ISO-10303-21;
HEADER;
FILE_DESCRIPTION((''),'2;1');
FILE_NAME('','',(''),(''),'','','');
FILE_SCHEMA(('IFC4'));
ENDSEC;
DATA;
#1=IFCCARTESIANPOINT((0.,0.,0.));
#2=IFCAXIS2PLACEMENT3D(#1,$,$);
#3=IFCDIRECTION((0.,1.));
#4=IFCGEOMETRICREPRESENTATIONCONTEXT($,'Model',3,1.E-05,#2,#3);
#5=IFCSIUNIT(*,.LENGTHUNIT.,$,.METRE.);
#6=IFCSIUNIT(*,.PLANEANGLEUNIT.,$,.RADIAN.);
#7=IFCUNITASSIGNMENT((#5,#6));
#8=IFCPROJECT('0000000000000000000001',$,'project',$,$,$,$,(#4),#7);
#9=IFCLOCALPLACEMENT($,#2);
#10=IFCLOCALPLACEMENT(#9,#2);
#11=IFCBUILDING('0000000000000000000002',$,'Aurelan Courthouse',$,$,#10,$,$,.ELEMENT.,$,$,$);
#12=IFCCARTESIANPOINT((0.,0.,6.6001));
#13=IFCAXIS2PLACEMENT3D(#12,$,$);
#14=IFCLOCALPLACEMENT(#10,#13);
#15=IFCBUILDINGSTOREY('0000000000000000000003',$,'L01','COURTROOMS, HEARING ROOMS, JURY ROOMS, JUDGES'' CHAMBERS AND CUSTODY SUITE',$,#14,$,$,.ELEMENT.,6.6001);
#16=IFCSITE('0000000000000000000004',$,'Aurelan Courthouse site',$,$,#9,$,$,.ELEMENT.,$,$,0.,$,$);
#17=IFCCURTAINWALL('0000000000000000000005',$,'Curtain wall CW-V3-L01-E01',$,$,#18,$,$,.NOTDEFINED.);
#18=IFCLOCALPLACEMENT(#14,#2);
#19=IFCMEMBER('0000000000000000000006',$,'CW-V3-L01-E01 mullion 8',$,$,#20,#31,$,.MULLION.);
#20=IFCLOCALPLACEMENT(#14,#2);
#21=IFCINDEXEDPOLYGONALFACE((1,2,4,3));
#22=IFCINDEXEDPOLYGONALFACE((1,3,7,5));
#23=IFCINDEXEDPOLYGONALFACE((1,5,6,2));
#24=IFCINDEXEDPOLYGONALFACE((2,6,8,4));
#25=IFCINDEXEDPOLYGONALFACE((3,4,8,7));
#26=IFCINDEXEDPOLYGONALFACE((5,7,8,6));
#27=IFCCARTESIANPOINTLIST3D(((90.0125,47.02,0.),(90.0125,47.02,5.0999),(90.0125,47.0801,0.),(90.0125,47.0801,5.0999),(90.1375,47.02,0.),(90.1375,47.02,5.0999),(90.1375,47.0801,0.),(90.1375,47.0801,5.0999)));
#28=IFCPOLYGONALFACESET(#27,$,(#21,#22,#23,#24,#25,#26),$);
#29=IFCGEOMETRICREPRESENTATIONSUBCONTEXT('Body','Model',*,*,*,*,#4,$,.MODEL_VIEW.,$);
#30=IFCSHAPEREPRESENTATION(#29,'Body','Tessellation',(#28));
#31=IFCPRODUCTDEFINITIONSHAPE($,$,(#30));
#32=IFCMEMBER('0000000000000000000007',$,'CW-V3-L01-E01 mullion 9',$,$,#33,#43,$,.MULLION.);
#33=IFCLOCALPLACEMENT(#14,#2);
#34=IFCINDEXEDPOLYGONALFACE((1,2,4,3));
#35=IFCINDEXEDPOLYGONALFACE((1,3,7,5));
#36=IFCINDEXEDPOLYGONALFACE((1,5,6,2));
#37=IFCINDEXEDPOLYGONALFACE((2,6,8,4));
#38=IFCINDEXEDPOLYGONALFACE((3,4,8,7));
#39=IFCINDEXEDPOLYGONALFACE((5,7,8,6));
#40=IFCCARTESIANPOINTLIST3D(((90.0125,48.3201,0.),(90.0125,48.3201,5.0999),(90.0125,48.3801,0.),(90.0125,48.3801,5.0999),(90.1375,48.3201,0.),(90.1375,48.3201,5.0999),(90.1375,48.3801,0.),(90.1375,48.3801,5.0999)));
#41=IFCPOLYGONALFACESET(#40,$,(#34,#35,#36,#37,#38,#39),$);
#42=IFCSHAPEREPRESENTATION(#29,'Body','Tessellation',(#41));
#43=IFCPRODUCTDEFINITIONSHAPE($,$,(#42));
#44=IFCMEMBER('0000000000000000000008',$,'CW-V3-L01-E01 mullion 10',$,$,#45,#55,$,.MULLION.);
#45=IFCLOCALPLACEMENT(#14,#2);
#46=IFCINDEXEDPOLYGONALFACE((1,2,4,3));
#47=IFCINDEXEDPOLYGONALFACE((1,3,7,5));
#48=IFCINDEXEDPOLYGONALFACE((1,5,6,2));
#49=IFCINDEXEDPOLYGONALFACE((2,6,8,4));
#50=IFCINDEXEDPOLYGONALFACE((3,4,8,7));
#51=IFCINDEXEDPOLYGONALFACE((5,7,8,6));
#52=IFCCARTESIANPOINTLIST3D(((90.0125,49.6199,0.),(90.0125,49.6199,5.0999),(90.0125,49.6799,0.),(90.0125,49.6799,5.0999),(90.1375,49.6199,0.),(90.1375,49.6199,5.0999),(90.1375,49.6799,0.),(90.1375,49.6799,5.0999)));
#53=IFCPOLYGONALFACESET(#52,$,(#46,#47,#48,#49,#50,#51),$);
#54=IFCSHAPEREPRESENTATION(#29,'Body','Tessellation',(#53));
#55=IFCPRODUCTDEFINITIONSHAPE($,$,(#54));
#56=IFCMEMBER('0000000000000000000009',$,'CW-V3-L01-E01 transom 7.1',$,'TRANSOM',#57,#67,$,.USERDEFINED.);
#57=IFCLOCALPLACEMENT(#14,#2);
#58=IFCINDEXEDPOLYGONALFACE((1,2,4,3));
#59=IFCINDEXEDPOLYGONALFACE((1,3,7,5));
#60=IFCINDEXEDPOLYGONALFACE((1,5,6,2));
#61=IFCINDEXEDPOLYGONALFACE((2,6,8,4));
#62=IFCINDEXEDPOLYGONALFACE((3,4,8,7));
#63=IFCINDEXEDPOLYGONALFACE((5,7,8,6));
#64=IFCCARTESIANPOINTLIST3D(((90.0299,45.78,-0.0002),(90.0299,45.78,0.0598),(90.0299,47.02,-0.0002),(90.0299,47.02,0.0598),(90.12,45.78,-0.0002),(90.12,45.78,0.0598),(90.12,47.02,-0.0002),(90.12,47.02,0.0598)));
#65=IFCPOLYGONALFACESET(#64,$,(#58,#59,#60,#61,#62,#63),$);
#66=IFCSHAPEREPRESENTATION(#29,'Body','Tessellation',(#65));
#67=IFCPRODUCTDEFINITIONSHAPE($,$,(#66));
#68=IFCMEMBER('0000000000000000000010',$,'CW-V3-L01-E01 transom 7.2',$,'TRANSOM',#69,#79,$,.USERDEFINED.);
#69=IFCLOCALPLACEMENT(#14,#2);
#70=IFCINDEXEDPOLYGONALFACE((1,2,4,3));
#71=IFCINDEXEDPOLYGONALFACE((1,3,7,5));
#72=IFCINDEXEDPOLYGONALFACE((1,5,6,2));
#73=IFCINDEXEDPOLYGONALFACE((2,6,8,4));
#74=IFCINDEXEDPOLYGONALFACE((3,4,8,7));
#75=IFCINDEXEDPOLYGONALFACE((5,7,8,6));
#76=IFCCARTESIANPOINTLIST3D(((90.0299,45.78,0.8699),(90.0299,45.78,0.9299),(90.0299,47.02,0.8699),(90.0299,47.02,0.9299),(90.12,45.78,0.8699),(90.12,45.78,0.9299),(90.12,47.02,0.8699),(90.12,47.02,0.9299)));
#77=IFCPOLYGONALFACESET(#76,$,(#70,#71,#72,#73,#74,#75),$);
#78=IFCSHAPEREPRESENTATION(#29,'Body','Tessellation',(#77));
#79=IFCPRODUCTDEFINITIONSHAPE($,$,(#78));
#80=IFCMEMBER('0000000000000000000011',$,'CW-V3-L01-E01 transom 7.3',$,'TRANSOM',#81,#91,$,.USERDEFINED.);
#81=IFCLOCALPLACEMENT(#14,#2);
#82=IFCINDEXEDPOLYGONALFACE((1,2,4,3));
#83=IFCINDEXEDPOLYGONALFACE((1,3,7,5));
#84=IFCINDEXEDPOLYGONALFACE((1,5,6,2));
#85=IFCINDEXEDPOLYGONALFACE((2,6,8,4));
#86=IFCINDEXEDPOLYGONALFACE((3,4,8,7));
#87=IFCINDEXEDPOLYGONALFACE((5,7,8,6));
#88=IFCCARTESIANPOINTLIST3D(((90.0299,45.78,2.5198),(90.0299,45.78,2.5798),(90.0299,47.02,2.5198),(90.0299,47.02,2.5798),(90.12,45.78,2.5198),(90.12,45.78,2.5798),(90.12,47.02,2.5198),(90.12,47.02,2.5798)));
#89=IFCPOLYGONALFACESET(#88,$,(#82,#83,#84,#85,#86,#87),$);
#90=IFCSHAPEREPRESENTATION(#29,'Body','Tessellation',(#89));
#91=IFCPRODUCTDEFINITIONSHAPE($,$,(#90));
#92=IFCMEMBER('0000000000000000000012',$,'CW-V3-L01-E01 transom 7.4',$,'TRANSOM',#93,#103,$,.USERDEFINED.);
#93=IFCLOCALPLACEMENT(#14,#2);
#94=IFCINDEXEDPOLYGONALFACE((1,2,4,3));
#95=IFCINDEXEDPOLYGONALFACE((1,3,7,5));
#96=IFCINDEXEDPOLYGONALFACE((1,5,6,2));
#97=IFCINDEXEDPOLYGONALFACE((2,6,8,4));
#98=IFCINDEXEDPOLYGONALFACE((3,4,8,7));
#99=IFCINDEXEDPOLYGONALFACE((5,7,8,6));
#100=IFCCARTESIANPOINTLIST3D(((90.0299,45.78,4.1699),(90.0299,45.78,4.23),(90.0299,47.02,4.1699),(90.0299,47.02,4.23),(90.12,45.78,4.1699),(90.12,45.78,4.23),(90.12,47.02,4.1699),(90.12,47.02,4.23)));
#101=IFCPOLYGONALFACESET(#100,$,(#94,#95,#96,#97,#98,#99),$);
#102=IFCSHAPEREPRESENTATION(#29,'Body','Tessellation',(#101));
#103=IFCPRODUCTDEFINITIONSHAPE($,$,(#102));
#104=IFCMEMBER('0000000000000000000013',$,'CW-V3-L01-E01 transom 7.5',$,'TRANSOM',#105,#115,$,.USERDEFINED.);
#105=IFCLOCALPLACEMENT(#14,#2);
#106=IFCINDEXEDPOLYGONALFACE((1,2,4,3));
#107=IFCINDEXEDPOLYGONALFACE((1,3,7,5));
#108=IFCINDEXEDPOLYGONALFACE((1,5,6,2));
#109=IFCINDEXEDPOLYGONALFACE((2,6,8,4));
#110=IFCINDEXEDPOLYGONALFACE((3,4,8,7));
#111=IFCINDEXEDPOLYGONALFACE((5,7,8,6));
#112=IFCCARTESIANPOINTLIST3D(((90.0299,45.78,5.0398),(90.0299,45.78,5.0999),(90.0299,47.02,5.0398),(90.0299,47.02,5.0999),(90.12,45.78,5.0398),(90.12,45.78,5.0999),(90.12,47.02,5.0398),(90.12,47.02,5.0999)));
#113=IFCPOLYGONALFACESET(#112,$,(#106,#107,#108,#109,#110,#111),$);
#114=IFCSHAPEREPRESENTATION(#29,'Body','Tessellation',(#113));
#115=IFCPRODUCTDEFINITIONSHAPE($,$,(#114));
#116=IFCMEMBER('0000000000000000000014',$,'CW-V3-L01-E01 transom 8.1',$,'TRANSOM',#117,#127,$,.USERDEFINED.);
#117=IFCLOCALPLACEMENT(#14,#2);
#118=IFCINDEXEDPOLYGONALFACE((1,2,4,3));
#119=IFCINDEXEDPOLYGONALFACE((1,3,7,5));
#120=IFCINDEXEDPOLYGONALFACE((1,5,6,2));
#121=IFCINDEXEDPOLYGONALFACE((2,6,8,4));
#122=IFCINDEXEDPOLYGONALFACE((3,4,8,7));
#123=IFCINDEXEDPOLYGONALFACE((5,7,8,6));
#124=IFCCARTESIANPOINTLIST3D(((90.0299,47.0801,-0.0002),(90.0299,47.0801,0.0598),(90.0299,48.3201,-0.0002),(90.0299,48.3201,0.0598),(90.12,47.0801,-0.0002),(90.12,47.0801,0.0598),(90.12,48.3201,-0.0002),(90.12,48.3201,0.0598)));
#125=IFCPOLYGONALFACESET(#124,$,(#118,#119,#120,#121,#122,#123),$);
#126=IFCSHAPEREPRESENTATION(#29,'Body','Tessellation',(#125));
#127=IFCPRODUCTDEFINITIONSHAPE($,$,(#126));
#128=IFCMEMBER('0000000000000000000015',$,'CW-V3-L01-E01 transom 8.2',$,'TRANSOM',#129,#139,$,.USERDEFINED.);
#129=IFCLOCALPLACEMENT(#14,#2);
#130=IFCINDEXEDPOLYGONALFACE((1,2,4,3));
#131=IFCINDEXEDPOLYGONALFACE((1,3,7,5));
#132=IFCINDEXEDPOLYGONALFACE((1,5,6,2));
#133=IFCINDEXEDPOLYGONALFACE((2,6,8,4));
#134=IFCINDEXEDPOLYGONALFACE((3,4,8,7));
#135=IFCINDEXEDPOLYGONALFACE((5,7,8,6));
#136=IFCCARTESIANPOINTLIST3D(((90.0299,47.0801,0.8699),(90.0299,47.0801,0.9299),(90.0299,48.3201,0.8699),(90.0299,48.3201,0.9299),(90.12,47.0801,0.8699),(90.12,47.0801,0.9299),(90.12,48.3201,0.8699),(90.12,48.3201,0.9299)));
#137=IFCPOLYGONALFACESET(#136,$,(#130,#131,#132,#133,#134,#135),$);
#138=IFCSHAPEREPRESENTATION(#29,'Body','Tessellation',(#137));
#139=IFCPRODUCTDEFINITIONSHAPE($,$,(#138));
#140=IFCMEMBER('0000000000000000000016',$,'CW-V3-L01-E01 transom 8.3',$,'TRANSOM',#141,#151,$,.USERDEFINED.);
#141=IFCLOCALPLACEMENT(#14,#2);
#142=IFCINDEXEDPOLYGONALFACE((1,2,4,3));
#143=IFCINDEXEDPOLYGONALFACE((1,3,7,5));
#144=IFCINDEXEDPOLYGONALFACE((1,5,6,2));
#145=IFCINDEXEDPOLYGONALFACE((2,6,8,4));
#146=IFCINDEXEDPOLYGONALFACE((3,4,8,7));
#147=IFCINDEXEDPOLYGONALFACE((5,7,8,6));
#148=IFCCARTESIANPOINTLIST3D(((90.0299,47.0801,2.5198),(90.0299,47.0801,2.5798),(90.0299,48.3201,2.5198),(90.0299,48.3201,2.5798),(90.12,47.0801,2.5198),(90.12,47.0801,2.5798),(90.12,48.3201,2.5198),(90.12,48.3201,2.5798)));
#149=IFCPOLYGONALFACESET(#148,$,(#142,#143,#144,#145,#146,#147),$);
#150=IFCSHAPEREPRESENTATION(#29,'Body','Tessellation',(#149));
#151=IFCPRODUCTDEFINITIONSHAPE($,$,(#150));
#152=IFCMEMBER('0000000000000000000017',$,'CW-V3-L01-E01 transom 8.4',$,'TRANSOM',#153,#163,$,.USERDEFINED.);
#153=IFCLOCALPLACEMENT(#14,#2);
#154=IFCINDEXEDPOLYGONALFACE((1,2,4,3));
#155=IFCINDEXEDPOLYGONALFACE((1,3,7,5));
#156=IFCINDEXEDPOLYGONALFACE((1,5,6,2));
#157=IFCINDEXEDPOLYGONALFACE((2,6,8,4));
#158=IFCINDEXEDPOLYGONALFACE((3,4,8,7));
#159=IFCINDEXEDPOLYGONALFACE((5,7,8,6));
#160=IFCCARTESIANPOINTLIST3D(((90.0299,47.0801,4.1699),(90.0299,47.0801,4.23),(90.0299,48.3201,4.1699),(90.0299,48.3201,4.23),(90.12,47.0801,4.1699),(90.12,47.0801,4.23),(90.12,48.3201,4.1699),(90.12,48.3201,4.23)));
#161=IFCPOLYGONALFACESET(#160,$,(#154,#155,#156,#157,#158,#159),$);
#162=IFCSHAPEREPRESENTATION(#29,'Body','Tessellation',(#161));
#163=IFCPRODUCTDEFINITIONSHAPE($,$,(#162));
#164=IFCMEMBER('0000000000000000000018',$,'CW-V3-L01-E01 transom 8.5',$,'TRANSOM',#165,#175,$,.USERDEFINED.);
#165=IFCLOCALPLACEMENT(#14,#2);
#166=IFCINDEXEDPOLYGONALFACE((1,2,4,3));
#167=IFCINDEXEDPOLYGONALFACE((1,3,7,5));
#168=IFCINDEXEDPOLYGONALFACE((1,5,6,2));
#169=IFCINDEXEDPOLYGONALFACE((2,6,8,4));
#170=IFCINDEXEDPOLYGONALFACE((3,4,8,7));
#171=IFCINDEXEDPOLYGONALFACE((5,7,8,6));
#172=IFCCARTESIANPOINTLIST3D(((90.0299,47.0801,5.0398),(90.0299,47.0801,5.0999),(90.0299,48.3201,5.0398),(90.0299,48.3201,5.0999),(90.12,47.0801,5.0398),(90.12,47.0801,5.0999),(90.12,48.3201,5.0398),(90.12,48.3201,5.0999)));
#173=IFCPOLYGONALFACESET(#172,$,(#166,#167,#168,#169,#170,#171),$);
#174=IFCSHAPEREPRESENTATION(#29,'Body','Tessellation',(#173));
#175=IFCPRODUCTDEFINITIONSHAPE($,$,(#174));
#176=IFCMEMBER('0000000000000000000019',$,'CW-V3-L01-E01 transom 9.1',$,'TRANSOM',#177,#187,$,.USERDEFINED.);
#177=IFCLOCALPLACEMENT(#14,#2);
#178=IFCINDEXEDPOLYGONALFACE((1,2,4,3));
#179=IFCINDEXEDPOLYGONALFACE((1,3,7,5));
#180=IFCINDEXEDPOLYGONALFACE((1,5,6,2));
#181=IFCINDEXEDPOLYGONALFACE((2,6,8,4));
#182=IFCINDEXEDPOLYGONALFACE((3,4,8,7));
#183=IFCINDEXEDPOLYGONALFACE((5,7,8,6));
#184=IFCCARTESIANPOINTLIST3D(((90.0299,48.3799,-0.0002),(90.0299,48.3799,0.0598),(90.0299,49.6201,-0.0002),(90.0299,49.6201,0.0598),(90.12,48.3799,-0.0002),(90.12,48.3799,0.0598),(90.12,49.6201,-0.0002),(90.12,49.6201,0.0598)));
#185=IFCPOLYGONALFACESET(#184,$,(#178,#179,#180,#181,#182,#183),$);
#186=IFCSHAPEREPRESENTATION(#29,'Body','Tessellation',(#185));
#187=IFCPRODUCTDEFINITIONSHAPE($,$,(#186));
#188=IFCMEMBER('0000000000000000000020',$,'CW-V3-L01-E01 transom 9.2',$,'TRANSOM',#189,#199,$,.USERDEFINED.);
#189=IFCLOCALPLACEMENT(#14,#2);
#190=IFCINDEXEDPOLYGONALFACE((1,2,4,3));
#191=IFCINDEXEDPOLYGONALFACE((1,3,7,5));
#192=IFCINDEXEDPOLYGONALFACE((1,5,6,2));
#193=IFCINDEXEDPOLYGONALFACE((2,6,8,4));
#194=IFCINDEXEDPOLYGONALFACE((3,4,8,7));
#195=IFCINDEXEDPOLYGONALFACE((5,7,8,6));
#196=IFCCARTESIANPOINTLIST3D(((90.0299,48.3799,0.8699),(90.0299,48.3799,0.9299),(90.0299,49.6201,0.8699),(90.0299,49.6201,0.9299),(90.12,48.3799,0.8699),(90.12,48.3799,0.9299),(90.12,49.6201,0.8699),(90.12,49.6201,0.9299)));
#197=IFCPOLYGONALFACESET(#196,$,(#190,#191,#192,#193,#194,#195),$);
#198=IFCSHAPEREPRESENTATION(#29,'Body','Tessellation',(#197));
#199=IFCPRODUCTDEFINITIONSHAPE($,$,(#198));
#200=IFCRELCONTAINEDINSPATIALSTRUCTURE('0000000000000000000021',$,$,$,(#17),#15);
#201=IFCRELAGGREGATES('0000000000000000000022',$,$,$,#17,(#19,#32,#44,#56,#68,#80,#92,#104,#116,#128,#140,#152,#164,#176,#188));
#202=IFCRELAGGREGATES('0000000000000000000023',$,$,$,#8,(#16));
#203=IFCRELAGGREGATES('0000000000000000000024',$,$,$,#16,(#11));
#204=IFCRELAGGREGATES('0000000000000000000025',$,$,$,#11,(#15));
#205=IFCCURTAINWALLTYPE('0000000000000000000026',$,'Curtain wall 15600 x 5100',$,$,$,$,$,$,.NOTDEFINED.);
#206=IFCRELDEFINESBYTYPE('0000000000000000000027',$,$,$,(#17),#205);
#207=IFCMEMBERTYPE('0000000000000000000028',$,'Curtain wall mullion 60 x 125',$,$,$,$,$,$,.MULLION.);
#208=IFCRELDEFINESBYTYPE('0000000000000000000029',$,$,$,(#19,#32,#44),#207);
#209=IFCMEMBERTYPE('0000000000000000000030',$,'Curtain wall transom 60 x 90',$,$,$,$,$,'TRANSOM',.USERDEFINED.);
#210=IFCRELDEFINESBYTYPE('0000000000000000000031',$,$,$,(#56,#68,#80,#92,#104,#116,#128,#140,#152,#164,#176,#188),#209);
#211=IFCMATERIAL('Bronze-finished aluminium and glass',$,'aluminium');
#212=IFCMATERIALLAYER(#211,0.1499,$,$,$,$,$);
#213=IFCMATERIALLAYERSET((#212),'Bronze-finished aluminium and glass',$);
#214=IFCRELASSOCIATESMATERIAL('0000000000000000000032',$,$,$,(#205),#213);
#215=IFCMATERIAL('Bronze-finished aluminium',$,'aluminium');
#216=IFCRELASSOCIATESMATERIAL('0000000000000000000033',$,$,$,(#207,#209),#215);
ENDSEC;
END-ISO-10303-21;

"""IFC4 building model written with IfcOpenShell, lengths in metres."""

from ifc_helpers import new_model, si_unit, direction, frame, origin, origin_2d, place, context, subcontext, project, spatial, rectangle, extrude, material, layer, layer_set, material_profile, profile_set, type_object, element, aggregate, save


model = new_model("IFC4")

# Units and contexts
model_context = context("Model", 3, precision=1e-05, world=origin(), true_north=direction((0.0, 1.0)))
body_context = subcontext(model_context, "Body", "Model", "MODEL_VIEW")
ifc_project = project(units=[si_unit("LENGTHUNIT", "METRE"), si_unit("PLANEANGLEUNIT", "RADIAN")], contexts=[model_context])

# Site, building, storey
site_placement = place(None, origin())
site = spatial("IfcSite", under=ifc_project, at=site_placement, Name="Aurelan Courthouse site", CompositionType="ELEMENT", RefElevation=0.0)
building_placement = place(site_placement, origin())
building = spatial("IfcBuilding", under=site, at=building_placement, Name="Aurelan Courthouse", CompositionType="ELEMENT")
storey_placement = place(building_placement, frame((0.0, 0.0, 6.6001)))
storey = spatial("IfcBuildingStorey", under=building, at=storey_placement, Name="L01", Description="COURTROOMS, HEARING ROOMS, JURY ROOMS, JUDGES' CHAMBERS AND CUSTODY SUITE", CompositionType="ELEMENT", Elevation=6.6001)

# Curtain wall, members
ifc_material_1 = material(Name="Bronze-finished aluminium and glass", Category="aluminium")
ifc_layer_1 = layer(ifc_material_1, 0.1499)
ifc_layer_set_1 = layer_set([ifc_layer_1], Name="Bronze-finished aluminium and glass")
curtain_wall_type = type_object("IfcCurtainWallType", Name="Curtain wall 15600 x 5100", PredefinedType="NOTDEFINED", material=ifc_layer_set_1)
curtain_wall_placement = place(storey_placement, origin())
curtain_wall = element("IfcCurtainWall", 1, at=curtain_wall_placement, inside=storey, type_object=curtain_wall_type, Name="Curtain wall CW-V3-L01-E01", PredefinedType="NOTDEFINED")
ifc_material_2 = material(Name="Bronze-finished aluminium", Category="aluminium")
ifc_material_profile_1 = material_profile(ifc_material_2, rectangle(XDim=0.125, YDim=0.0601, at=origin_2d()), Name="Bronze mullion 60 x 125")
ifc_profile_set_1 = profile_set([ifc_material_profile_1], Name="Bronze-finished aluminium")
member_type_1 = type_object("IfcMemberType", Name="Curtain wall mullion 60 x 125", PredefinedType="MULLION", material=ifc_profile_set_1)
member_1_placement = place(storey_placement, frame((90.075, 47.05, 0.0), z_axis=(0.0, 0.0, 1.0), x_axis=(-1.0, 0.0, 0.0)))
member_1 = element("IfcMember", 2, at=member_1_placement, type_object=member_type_1, Name="CW-V3-L01-E01 mullion 8", PredefinedType="MULLION", context=body_context, shape_type="SweptSolid", body=[
    extrude(rectangle(XDim=0.125, YDim=0.0601, at=origin_2d()), origin(), (0.0, 0.0, 1.0), 5.0999),
])
member_2_placement = place(storey_placement, frame((90.075, 48.3501, 0.0), z_axis=(0.0, 0.0, 1.0), x_axis=(-1.0, 0.0, 0.0)))
member_2 = element("IfcMember", 3, at=member_2_placement, type_object=member_type_1, Name="CW-V3-L01-E01 mullion 9", PredefinedType="MULLION", context=body_context, shape_type="SweptSolid", body=[
    extrude(rectangle(XDim=0.125, YDim=0.0601, at=origin_2d()), origin(), (0.0, 0.0, 1.0), 5.0999),
])
member_3_placement = place(storey_placement, frame((90.075, 49.6499, 0.0), z_axis=(0.0, 0.0, 1.0), x_axis=(-1.0, 0.0, 0.0)))
member_3 = element("IfcMember", 4, at=member_3_placement, type_object=member_type_1, Name="CW-V3-L01-E01 mullion 10", PredefinedType="MULLION", context=body_context, shape_type="SweptSolid", body=[
    extrude(rectangle(XDim=0.125, YDim=0.0601, at=origin_2d()), origin(), (0.0, 0.0, 1.0), 5.0999),
])
ifc_material_profile_2 = material_profile(ifc_material_2, rectangle(XDim=0.0901, YDim=0.0601, at=origin_2d()), Name="Bronze transom 60 x 90")
ifc_profile_set_2 = profile_set([ifc_material_profile_2], Name="Bronze-finished aluminium")
member_type_2 = type_object("IfcMemberType", Name="Curtain wall transom 60 x 90", ElementType="TRANSOM", PredefinedType="USERDEFINED", material=ifc_profile_set_2)
member_4_placement = place(storey_placement, frame((90.075, 45.78, 0.0298), z_axis=(0.0, 1.0, 0.0), x_axis=(-1.0, 0.0, 0.0)))
member_4 = element("IfcMember", 5, at=member_4_placement, type_object=member_type_2, Name="CW-V3-L01-E01 transom 7.1", ObjectType="TRANSOM", PredefinedType="USERDEFINED", context=body_context, shape_type="SweptSolid", body=[
    extrude(rectangle(XDim=0.0901, YDim=0.0601, at=origin_2d()), origin(), (0.0, 0.0, 1.0), 1.24),
])
member_5_placement = place(storey_placement, frame((90.075, 45.78, 0.8999), z_axis=(0.0, 1.0, 0.0), x_axis=(-1.0, 0.0, 0.0)))
member_5 = element("IfcMember", 6, at=member_5_placement, type_object=member_type_2, Name="CW-V3-L01-E01 transom 7.2", ObjectType="TRANSOM", PredefinedType="USERDEFINED", context=body_context, shape_type="SweptSolid", body=[
    extrude(rectangle(XDim=0.0901, YDim=0.0601, at=origin_2d()), origin(), (0.0, 0.0, 1.0), 1.24),
])
member_6_placement = place(storey_placement, frame((90.075, 45.78, 2.5498), z_axis=(0.0, 1.0, 0.0), x_axis=(-1.0, 0.0, 0.0)))
member_6 = element("IfcMember", 7, at=member_6_placement, type_object=member_type_2, Name="CW-V3-L01-E01 transom 7.3", ObjectType="TRANSOM", PredefinedType="USERDEFINED", context=body_context, shape_type="SweptSolid", body=[
    extrude(rectangle(XDim=0.0901, YDim=0.0601, at=origin_2d()), origin(), (0.0, 0.0, 1.0), 1.24),
])
member_7_placement = place(storey_placement, frame((90.075, 45.78, 4.2), z_axis=(0.0, 1.0, 0.0), x_axis=(-1.0, 0.0, 0.0)))
member_7 = element("IfcMember", 8, at=member_7_placement, type_object=member_type_2, Name="CW-V3-L01-E01 transom 7.4", ObjectType="TRANSOM", PredefinedType="USERDEFINED", context=body_context, shape_type="SweptSolid", body=[
    extrude(rectangle(XDim=0.0901, YDim=0.0601, at=origin_2d()), origin(), (0.0, 0.0, 1.0), 1.24),
])
member_8_placement = place(storey_placement, frame((90.075, 45.78, 5.0698), z_axis=(0.0, 1.0, 0.0), x_axis=(-1.0, 0.0, 0.0)))
member_8 = element("IfcMember", 9, at=member_8_placement, type_object=member_type_2, Name="CW-V3-L01-E01 transom 7.5", ObjectType="TRANSOM", PredefinedType="USERDEFINED", context=body_context, shape_type="SweptSolid", body=[
    extrude(rectangle(XDim=0.0901, YDim=0.0601, at=origin_2d()), origin(), (0.0, 0.0, 1.0), 1.24),
])
member_9_placement = place(storey_placement, frame((90.075, 47.0801, 0.0298), z_axis=(0.0, 1.0, 0.0), x_axis=(-1.0, 0.0, 0.0)))
member_9 = element("IfcMember", 10, at=member_9_placement, type_object=member_type_2, Name="CW-V3-L01-E01 transom 8.1", ObjectType="TRANSOM", PredefinedType="USERDEFINED", context=body_context, shape_type="SweptSolid", body=[
    extrude(rectangle(XDim=0.0901, YDim=0.0601, at=origin_2d()), origin(), (0.0, 0.0, 1.0), 1.24),
])
member_10_placement = place(storey_placement, frame((90.075, 47.0801, 0.8999), z_axis=(0.0, 1.0, 0.0), x_axis=(-1.0, 0.0, 0.0)))
member_10 = element("IfcMember", 11, at=member_10_placement, type_object=member_type_2, Name="CW-V3-L01-E01 transom 8.2", ObjectType="TRANSOM", PredefinedType="USERDEFINED", context=body_context, shape_type="SweptSolid", body=[
    extrude(rectangle(XDim=0.0901, YDim=0.0601, at=origin_2d()), origin(), (0.0, 0.0, 1.0), 1.24),
])
member_11_placement = place(storey_placement, frame((90.075, 47.0801, 2.5498), z_axis=(0.0, 1.0, 0.0), x_axis=(-1.0, 0.0, 0.0)))
member_11 = element("IfcMember", 12, at=member_11_placement, type_object=member_type_2, Name="CW-V3-L01-E01 transom 8.3", ObjectType="TRANSOM", PredefinedType="USERDEFINED", context=body_context, shape_type="SweptSolid", body=[
    extrude(rectangle(XDim=0.0901, YDim=0.0601, at=origin_2d()), origin(), (0.0, 0.0, 1.0), 1.24),
])
member_12_placement = place(storey_placement, frame((90.075, 47.0801, 4.2), z_axis=(0.0, 1.0, 0.0), x_axis=(-1.0, 0.0, 0.0)))
member_12 = element("IfcMember", 13, at=member_12_placement, type_object=member_type_2, Name="CW-V3-L01-E01 transom 8.4", ObjectType="TRANSOM", PredefinedType="USERDEFINED", context=body_context, shape_type="SweptSolid", body=[
    extrude(rectangle(XDim=0.0901, YDim=0.0601, at=origin_2d()), origin(), (0.0, 0.0, 1.0), 1.24),
])
member_13_placement = place(storey_placement, frame((90.075, 47.0801, 5.0698), z_axis=(0.0, 1.0, 0.0), x_axis=(-1.0, 0.0, 0.0)))
member_13 = element("IfcMember", 14, at=member_13_placement, type_object=member_type_2, Name="CW-V3-L01-E01 transom 8.5", ObjectType="TRANSOM", PredefinedType="USERDEFINED", context=body_context, shape_type="SweptSolid", body=[
    extrude(rectangle(XDim=0.0901, YDim=0.0601, at=origin_2d()), origin(), (0.0, 0.0, 1.0), 1.24),
])
member_14_placement = place(storey_placement, frame((90.075, 48.3799, 0.0298), z_axis=(0.0, 1.0, 0.0), x_axis=(-1.0, 0.0, 0.0)))
member_14 = element("IfcMember", 15, at=member_14_placement, type_object=member_type_2, Name="CW-V3-L01-E01 transom 9.1", ObjectType="TRANSOM", PredefinedType="USERDEFINED", context=body_context, shape_type="SweptSolid", body=[
    extrude(rectangle(XDim=0.0901, YDim=0.0601, at=origin_2d()), origin(), (0.0, 0.0, 1.0), 1.2402),
])
member_15_placement = place(storey_placement, frame((90.075, 48.3799, 0.8999), z_axis=(0.0, 1.0, 0.0), x_axis=(-1.0, 0.0, 0.0)))
member_15 = element("IfcMember", 16, at=member_15_placement, type_object=member_type_2, Name="CW-V3-L01-E01 transom 9.2", ObjectType="TRANSOM", PredefinedType="USERDEFINED", context=body_context, shape_type="SweptSolid", body=[
    extrude(rectangle(XDim=0.0901, YDim=0.0601, at=origin_2d()), origin(), (0.0, 0.0, 1.0), 1.2402),
])
aggregate(curtain_wall, [member_1, member_2, member_3, member_4, member_5, member_6, member_7, member_8, member_9, member_10, member_11, member_12, member_13, member_14, member_15])

save(model, "model.ifc")
